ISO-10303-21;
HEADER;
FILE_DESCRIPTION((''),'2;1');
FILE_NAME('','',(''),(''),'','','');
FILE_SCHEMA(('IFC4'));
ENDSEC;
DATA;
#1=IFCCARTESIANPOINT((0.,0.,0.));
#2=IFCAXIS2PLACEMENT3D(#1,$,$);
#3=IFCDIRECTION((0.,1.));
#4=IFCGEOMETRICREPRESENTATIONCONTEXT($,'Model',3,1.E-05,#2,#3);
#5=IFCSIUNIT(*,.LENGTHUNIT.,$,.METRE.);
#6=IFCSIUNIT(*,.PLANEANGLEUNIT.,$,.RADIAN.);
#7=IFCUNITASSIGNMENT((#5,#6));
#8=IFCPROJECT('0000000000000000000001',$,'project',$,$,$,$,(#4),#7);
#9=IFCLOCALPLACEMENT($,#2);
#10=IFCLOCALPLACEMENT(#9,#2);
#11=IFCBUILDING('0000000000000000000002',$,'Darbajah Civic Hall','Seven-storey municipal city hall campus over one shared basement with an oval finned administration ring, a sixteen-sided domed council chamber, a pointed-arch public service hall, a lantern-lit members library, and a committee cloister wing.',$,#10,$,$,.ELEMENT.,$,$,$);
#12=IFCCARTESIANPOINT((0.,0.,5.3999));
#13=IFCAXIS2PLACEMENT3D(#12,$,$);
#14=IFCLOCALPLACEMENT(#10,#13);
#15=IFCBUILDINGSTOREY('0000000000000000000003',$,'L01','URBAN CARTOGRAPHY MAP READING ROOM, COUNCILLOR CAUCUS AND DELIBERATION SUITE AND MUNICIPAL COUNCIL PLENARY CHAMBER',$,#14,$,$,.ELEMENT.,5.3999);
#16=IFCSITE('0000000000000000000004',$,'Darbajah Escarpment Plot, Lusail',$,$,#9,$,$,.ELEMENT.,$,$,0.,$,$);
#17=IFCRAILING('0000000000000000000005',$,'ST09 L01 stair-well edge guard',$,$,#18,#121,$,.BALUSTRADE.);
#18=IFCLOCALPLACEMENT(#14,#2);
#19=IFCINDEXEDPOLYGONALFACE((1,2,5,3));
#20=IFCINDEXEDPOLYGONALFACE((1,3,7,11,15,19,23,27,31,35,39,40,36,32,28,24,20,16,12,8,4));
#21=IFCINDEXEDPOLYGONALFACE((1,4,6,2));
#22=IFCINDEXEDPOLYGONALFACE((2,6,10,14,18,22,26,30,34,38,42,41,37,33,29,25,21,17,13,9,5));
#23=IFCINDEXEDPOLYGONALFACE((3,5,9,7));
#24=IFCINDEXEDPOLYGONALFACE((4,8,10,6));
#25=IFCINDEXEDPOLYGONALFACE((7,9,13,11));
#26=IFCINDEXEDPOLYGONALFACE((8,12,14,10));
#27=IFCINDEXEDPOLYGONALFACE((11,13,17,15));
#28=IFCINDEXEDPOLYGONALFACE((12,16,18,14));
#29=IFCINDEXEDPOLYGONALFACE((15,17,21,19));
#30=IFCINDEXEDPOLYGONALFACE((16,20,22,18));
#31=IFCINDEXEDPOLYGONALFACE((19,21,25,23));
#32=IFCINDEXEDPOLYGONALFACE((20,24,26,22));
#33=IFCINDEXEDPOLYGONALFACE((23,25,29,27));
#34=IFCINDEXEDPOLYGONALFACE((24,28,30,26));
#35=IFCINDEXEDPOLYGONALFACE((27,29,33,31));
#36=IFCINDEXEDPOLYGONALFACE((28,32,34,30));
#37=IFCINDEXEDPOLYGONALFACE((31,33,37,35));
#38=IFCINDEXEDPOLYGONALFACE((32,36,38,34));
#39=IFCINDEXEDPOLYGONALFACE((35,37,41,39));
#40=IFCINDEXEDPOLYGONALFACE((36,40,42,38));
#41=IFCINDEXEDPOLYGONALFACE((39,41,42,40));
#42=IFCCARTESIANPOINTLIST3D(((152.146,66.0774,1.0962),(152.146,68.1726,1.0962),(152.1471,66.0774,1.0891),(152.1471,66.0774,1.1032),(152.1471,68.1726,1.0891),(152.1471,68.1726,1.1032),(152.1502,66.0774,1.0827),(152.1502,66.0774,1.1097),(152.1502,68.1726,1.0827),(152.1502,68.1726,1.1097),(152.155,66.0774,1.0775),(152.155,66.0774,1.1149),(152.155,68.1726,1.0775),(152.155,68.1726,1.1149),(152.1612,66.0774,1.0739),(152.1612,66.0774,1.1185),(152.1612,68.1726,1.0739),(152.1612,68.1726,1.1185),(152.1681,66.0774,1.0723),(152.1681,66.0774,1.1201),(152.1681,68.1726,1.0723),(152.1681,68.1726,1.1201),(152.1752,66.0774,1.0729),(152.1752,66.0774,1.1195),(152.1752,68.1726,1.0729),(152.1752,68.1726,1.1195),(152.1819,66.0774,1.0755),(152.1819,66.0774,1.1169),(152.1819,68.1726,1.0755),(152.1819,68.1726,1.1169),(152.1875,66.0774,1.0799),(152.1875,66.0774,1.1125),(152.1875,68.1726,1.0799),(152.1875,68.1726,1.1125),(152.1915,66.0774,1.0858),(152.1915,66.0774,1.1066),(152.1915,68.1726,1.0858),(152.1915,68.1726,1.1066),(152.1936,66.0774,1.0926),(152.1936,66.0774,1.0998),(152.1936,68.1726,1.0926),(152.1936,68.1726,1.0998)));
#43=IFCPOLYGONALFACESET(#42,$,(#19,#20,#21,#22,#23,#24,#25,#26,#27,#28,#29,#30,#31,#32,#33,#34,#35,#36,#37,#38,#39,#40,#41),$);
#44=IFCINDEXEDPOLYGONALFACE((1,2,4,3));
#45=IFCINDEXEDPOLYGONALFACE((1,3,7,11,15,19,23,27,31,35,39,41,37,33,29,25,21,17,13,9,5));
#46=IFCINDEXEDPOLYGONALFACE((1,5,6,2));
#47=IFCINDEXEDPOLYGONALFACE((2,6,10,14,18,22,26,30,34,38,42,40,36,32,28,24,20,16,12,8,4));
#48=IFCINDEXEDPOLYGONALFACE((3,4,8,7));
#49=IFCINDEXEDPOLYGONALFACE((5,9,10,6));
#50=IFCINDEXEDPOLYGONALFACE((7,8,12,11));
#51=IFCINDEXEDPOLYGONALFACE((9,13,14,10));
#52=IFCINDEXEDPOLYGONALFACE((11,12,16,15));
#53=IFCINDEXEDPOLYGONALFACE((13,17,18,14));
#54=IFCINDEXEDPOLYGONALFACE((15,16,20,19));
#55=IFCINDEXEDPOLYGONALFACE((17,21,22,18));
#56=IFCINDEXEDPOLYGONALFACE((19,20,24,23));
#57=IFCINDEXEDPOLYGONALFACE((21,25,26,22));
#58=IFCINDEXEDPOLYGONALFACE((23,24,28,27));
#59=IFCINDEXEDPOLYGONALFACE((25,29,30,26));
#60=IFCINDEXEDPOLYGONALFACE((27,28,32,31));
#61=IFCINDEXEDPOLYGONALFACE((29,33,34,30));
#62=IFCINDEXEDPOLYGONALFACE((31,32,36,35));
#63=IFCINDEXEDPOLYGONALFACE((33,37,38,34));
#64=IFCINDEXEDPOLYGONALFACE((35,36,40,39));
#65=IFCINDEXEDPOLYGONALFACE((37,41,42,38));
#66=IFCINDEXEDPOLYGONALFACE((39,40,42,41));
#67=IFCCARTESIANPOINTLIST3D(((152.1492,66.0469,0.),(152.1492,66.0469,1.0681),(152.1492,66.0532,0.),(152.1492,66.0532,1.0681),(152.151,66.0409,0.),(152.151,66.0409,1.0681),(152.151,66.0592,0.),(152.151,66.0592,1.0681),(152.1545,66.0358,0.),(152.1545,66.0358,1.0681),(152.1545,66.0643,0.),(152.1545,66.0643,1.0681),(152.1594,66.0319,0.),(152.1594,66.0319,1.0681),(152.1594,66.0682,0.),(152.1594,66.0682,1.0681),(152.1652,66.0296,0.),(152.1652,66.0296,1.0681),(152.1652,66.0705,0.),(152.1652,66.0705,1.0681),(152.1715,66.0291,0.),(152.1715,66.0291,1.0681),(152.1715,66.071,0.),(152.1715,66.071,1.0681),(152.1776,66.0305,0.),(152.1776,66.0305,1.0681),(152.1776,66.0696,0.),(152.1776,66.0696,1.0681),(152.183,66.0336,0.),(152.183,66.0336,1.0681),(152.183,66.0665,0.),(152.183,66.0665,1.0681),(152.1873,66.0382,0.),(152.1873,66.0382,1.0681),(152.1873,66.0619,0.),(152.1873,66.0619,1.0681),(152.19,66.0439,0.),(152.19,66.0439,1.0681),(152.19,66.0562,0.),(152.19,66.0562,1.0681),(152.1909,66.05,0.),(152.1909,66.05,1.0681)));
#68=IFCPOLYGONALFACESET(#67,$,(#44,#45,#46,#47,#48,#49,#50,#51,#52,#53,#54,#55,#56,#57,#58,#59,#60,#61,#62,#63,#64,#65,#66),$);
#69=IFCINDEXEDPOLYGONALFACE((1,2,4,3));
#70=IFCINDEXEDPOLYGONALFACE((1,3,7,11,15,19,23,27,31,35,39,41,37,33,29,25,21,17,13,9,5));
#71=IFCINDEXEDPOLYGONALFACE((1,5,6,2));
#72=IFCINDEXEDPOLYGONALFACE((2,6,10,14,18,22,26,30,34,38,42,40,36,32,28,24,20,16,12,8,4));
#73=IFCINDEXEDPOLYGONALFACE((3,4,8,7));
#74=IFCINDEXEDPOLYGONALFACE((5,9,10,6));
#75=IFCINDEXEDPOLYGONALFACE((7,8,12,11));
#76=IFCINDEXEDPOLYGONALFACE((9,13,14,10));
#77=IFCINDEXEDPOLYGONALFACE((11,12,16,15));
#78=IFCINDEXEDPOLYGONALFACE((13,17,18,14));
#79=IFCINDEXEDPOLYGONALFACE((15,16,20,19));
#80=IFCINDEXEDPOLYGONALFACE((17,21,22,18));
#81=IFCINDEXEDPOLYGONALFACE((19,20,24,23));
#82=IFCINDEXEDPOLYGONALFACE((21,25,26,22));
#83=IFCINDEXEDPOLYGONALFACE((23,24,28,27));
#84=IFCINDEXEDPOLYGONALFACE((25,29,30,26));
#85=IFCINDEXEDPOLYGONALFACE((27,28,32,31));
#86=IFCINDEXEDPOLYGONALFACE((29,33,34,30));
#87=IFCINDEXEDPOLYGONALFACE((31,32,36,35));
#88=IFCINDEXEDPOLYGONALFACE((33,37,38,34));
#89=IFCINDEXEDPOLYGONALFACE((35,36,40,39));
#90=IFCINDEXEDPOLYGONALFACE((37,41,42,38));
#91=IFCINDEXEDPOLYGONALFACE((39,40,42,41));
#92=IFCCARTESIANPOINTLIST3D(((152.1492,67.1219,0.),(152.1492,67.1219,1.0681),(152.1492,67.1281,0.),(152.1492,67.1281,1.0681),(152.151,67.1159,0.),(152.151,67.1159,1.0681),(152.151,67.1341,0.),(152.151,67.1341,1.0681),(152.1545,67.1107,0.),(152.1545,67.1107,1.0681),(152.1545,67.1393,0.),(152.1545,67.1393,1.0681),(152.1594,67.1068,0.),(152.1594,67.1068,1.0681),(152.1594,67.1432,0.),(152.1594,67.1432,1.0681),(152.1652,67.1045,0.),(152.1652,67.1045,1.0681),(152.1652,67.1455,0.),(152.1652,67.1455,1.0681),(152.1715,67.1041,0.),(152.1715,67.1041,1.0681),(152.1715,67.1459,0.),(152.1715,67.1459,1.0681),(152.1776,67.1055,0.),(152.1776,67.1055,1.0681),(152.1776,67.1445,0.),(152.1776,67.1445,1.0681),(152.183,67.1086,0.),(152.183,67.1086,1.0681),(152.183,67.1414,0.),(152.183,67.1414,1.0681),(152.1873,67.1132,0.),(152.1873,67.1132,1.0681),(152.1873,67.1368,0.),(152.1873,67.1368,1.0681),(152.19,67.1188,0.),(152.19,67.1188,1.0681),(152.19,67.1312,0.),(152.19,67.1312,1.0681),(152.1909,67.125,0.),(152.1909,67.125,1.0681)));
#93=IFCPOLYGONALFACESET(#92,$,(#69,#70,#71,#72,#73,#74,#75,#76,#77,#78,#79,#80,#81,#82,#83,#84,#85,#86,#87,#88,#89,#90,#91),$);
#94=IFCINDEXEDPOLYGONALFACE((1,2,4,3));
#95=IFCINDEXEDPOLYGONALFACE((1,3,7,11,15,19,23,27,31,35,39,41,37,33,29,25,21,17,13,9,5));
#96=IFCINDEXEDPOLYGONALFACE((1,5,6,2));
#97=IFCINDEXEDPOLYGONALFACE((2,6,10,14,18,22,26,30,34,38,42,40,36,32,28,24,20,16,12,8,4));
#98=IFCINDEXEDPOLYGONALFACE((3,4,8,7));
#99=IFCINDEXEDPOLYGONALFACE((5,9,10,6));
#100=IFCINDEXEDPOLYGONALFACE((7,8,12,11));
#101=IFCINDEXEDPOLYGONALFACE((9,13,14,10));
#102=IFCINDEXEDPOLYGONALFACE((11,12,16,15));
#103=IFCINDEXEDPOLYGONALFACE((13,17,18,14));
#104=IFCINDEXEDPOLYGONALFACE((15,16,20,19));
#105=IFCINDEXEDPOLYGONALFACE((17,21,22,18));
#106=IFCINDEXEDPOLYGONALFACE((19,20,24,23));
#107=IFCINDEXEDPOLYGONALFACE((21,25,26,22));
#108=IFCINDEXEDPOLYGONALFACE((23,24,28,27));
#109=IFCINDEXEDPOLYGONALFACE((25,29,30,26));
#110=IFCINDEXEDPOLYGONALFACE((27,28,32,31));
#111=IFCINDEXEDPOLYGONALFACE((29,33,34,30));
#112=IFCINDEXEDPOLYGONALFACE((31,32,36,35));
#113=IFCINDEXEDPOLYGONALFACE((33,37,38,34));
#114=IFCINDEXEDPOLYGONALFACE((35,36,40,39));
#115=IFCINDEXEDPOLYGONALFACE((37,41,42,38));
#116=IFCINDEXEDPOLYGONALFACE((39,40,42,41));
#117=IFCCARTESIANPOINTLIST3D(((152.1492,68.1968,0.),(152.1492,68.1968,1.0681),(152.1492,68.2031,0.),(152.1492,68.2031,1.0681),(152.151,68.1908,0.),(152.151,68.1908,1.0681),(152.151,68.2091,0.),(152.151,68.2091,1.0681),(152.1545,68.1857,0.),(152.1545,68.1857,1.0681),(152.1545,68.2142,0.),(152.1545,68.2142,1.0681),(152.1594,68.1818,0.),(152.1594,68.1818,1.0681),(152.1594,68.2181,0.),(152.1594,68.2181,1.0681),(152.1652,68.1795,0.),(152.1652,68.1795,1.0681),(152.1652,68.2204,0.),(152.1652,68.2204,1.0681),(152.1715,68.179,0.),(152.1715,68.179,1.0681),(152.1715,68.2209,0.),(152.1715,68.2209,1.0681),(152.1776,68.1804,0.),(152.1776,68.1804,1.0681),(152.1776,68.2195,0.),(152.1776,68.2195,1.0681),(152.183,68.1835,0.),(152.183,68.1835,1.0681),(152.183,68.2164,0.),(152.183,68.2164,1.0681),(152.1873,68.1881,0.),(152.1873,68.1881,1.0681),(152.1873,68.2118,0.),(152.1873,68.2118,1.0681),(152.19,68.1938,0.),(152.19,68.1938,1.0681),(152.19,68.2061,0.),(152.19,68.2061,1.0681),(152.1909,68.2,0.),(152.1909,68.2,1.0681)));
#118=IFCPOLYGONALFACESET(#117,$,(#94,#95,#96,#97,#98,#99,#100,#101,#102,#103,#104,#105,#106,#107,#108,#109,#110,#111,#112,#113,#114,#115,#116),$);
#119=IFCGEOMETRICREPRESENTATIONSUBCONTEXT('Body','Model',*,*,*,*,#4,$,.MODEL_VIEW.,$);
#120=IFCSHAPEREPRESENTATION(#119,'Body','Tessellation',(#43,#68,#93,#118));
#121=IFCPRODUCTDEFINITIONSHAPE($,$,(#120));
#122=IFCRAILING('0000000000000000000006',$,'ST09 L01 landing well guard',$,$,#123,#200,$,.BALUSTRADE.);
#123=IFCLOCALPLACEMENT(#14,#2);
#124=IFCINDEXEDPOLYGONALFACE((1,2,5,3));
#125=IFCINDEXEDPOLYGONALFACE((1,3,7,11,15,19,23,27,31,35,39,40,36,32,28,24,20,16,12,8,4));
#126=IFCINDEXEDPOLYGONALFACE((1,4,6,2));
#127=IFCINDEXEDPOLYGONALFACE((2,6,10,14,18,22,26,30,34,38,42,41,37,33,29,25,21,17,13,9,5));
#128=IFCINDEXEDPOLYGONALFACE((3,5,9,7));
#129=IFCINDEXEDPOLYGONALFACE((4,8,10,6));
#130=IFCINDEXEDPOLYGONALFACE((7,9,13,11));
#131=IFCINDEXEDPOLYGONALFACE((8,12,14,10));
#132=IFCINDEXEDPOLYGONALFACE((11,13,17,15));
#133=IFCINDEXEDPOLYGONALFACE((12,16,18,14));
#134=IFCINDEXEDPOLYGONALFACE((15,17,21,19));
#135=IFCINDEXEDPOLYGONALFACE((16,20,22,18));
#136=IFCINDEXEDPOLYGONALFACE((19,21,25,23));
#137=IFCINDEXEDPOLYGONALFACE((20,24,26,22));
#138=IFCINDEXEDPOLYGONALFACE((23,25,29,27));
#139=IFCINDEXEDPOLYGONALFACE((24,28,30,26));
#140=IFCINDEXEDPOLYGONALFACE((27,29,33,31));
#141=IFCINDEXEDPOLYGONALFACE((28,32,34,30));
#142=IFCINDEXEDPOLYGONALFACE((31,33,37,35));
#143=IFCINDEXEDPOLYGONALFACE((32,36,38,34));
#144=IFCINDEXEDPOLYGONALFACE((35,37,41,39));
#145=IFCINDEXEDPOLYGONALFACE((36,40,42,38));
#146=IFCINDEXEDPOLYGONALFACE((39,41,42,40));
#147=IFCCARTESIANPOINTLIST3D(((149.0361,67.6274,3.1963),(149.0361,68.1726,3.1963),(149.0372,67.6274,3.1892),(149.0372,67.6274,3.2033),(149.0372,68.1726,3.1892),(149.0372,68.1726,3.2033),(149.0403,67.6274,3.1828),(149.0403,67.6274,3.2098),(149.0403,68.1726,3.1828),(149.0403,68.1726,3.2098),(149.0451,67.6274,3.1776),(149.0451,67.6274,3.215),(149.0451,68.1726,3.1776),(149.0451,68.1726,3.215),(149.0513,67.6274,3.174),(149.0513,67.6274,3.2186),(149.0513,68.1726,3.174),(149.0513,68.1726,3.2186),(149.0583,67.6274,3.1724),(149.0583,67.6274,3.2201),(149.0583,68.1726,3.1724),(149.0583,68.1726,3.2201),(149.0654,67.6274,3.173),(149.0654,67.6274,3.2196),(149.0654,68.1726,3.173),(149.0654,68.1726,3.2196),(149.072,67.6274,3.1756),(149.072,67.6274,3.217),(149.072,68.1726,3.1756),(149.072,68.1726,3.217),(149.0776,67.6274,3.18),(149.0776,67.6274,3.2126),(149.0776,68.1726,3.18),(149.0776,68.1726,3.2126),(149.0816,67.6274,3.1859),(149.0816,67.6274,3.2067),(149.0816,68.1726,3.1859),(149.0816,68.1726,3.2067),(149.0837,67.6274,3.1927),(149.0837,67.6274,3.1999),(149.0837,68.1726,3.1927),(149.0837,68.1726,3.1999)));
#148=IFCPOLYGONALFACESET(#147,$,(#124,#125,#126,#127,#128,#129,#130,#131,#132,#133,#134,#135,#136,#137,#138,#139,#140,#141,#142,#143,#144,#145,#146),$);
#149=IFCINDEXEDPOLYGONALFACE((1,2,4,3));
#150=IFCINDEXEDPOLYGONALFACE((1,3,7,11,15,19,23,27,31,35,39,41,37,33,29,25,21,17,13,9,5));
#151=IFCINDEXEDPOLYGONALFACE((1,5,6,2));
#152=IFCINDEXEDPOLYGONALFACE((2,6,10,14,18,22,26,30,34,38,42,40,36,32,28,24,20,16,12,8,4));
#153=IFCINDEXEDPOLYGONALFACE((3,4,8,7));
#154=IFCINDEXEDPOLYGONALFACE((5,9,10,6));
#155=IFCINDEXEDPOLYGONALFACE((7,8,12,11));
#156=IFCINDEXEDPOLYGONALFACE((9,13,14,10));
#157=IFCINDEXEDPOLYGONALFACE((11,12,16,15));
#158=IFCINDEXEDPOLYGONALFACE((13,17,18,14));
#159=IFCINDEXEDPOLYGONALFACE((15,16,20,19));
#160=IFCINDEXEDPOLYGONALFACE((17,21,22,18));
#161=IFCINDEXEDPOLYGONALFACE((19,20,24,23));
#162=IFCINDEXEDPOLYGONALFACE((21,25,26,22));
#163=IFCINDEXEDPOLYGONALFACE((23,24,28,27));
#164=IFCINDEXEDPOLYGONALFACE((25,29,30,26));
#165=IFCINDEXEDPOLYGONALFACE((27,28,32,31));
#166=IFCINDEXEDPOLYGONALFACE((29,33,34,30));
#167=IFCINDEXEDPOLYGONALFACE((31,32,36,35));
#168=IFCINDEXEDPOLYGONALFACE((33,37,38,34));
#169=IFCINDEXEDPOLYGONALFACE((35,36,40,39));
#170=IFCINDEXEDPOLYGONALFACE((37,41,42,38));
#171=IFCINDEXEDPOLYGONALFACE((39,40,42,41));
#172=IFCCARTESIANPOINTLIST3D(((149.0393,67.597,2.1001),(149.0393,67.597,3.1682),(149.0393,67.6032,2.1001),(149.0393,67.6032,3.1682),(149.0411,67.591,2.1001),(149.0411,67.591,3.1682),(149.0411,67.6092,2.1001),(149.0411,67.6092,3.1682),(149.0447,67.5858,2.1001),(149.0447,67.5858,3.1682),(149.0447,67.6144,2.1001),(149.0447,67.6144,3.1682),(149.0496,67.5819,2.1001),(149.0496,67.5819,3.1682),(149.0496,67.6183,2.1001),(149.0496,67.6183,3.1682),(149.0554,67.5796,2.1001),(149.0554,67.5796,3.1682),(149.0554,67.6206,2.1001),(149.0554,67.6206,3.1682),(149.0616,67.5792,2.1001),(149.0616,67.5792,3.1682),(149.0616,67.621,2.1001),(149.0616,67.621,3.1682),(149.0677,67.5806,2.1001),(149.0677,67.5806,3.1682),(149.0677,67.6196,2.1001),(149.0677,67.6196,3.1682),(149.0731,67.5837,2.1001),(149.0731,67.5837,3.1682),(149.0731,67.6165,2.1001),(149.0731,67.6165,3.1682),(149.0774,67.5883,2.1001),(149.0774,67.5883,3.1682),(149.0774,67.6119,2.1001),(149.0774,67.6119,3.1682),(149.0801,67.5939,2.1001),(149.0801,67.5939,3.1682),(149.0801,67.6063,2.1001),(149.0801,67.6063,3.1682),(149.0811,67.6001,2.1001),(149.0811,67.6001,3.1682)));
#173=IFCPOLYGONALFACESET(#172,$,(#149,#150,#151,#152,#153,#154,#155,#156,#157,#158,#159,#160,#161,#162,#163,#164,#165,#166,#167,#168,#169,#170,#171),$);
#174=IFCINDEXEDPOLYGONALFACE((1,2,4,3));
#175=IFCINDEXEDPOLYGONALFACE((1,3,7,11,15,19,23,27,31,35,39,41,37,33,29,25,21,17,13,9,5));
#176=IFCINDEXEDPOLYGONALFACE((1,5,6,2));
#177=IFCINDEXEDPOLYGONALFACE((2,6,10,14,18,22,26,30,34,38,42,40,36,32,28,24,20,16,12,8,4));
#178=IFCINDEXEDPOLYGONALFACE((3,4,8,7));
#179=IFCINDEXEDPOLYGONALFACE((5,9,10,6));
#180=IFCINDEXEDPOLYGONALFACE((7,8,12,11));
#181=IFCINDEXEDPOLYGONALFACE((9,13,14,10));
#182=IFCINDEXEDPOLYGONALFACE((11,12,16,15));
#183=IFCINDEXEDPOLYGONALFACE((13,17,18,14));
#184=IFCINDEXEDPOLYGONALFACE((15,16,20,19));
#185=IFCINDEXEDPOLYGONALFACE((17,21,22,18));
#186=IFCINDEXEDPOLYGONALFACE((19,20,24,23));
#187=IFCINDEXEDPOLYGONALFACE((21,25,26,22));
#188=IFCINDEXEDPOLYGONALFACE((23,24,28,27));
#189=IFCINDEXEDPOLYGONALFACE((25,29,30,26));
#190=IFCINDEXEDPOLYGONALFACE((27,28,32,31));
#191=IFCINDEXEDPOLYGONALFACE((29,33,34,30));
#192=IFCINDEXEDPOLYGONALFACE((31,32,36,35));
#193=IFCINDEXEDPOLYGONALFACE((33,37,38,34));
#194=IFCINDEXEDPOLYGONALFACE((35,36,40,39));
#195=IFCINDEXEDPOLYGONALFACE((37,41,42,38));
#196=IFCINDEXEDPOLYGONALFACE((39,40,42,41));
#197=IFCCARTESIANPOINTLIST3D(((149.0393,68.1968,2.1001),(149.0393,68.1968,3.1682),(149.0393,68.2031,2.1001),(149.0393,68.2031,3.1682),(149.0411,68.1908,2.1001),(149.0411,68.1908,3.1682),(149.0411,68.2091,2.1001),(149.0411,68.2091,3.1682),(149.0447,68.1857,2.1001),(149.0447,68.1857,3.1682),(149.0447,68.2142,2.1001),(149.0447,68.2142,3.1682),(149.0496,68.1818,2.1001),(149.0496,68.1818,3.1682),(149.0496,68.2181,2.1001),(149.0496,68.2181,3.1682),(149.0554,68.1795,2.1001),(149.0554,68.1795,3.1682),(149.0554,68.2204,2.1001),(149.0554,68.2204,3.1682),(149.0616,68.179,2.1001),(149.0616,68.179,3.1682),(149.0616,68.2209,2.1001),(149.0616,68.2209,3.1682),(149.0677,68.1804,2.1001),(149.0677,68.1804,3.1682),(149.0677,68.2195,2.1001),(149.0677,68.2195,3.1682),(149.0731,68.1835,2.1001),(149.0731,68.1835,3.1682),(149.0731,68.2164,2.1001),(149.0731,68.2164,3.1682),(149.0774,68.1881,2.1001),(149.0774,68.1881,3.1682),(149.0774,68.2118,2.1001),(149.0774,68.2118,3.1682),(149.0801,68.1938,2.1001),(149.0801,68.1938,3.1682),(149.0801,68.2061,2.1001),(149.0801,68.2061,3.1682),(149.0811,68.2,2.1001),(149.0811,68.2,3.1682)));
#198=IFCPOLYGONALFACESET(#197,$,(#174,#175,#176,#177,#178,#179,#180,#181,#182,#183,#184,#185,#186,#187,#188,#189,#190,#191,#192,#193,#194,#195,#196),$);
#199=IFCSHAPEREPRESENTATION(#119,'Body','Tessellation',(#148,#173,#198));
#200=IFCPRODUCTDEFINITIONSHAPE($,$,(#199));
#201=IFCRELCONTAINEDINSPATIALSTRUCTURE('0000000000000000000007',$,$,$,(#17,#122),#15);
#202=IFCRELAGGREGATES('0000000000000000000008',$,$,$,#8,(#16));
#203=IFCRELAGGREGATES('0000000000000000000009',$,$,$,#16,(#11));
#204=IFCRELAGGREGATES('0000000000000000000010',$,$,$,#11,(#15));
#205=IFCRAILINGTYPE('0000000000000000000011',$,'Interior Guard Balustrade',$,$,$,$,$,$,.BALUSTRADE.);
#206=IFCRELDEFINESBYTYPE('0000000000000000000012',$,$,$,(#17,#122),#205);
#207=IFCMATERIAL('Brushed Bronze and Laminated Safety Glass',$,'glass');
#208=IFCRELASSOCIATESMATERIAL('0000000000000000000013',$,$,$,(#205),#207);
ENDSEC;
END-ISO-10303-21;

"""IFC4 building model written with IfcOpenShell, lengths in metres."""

from ifc_helpers import new_model, si_unit, direction, frame, origin, origin_2d, place, context, subcontext, project, spatial, circle, extrude, material, type_object, element, save


model = new_model("IFC4")

# Units and contexts
model_context = context("Model", 3, precision=1e-05, world=origin(), true_north=direction((0.0, 1.0)))
body_context = subcontext(model_context, "Body", "Model", "MODEL_VIEW")
ifc_project = project(units=[si_unit("LENGTHUNIT", "METRE"), si_unit("PLANEANGLEUNIT", "RADIAN")], contexts=[model_context])

# Site, building, storey
site_placement = place(None, origin())
site = spatial("IfcSite", under=ifc_project, at=site_placement, Name="Darbajah Escarpment Plot, Lusail", CompositionType="ELEMENT", RefElevation=0.0)
building_placement = place(site_placement, origin())
building = spatial("IfcBuilding", under=site, at=building_placement, Name="Darbajah Civic Hall", Description="Seven-storey municipal city hall campus over one shared basement with an oval finned administration ring, a sixteen-sided domed council chamber, a pointed-arch public service hall, a lantern-lit members library, and a committee cloister wing.", CompositionType="ELEMENT")
storey_placement = place(building_placement, frame((0.0, 0.0, 5.3999)))
storey = spatial("IfcBuildingStorey", under=building, at=storey_placement, Name="L01", Description="URBAN CARTOGRAPHY MAP READING ROOM, COUNCILLOR CAUCUS AND DELIBERATION SUITE AND MUNICIPAL COUNCIL PLENARY CHAMBER", CompositionType="ELEMENT", Elevation=5.3999)

# Railings
ifc_material_1 = material(Name="Brushed Bronze and Laminated Safety Glass", Category="glass")
railing_type_1 = type_object("IfcRailingType", Name="Interior Guard Balustrade", PredefinedType="BALUSTRADE", material=ifc_material_1)
railing_1_placement = place(storey_placement, frame((152.1699, 66.05, 0.0)))
element("IfcRailing", 1, at=railing_1_placement, inside=storey, type_object=railing_type_1, Name="ST09 L01 stair-well edge guard", PredefinedType="BALUSTRADE", context=body_context, shape_type="SweptSolid", body=[
    extrude(circle(Radius=0.0239, at=origin_2d()), frame((0.0, 0.0273, 1.0962), z_axis=(0.0, 1.0, 0.0), x_axis=(-1.0, 0.0, 0.0)), (0.0, 0.0, 1.0), 2.0952),
    extrude(circle(Radius=0.021, at=origin_2d()), origin(), (0.0, 0.0, 1.0), 1.0681),
    extrude(circle(Radius=0.021, at=origin_2d()), frame((0.0, 1.075, 0.0)), (0.0, 0.0, 1.0), 1.0681),
    extrude(circle(Radius=0.021, at=origin_2d()), frame((0.0, 2.1499, 0.0)), (0.0, 0.0, 1.0), 1.0681),
])
railing_2_placement = place(storey_placement, frame((149.0601, 67.6001, 2.1001)))
element("IfcRailing", 2, at=railing_2_placement, inside=storey, type_object=railing_type_1, Name="ST09 L01 landing well guard", PredefinedType="BALUSTRADE", context=body_context, shape_type="SweptSolid", body=[
    extrude(circle(Radius=0.0239, at=origin_2d()), frame((0.0, 0.0273, 1.0962), z_axis=(0.0, 1.0, 0.0), x_axis=(-1.0, 0.0, 0.0)), (0.0, 0.0, 1.0), 0.5452),
    extrude(circle(Radius=0.021, at=origin_2d()), origin(), (0.0, 0.0, 1.0), 1.0681),
    extrude(circle(Radius=0.021, at=origin_2d()), frame((0.0, 0.5999, 0.0)), (0.0, 0.0, 1.0), 1.0681),
])

save(model, "model.ifc")
